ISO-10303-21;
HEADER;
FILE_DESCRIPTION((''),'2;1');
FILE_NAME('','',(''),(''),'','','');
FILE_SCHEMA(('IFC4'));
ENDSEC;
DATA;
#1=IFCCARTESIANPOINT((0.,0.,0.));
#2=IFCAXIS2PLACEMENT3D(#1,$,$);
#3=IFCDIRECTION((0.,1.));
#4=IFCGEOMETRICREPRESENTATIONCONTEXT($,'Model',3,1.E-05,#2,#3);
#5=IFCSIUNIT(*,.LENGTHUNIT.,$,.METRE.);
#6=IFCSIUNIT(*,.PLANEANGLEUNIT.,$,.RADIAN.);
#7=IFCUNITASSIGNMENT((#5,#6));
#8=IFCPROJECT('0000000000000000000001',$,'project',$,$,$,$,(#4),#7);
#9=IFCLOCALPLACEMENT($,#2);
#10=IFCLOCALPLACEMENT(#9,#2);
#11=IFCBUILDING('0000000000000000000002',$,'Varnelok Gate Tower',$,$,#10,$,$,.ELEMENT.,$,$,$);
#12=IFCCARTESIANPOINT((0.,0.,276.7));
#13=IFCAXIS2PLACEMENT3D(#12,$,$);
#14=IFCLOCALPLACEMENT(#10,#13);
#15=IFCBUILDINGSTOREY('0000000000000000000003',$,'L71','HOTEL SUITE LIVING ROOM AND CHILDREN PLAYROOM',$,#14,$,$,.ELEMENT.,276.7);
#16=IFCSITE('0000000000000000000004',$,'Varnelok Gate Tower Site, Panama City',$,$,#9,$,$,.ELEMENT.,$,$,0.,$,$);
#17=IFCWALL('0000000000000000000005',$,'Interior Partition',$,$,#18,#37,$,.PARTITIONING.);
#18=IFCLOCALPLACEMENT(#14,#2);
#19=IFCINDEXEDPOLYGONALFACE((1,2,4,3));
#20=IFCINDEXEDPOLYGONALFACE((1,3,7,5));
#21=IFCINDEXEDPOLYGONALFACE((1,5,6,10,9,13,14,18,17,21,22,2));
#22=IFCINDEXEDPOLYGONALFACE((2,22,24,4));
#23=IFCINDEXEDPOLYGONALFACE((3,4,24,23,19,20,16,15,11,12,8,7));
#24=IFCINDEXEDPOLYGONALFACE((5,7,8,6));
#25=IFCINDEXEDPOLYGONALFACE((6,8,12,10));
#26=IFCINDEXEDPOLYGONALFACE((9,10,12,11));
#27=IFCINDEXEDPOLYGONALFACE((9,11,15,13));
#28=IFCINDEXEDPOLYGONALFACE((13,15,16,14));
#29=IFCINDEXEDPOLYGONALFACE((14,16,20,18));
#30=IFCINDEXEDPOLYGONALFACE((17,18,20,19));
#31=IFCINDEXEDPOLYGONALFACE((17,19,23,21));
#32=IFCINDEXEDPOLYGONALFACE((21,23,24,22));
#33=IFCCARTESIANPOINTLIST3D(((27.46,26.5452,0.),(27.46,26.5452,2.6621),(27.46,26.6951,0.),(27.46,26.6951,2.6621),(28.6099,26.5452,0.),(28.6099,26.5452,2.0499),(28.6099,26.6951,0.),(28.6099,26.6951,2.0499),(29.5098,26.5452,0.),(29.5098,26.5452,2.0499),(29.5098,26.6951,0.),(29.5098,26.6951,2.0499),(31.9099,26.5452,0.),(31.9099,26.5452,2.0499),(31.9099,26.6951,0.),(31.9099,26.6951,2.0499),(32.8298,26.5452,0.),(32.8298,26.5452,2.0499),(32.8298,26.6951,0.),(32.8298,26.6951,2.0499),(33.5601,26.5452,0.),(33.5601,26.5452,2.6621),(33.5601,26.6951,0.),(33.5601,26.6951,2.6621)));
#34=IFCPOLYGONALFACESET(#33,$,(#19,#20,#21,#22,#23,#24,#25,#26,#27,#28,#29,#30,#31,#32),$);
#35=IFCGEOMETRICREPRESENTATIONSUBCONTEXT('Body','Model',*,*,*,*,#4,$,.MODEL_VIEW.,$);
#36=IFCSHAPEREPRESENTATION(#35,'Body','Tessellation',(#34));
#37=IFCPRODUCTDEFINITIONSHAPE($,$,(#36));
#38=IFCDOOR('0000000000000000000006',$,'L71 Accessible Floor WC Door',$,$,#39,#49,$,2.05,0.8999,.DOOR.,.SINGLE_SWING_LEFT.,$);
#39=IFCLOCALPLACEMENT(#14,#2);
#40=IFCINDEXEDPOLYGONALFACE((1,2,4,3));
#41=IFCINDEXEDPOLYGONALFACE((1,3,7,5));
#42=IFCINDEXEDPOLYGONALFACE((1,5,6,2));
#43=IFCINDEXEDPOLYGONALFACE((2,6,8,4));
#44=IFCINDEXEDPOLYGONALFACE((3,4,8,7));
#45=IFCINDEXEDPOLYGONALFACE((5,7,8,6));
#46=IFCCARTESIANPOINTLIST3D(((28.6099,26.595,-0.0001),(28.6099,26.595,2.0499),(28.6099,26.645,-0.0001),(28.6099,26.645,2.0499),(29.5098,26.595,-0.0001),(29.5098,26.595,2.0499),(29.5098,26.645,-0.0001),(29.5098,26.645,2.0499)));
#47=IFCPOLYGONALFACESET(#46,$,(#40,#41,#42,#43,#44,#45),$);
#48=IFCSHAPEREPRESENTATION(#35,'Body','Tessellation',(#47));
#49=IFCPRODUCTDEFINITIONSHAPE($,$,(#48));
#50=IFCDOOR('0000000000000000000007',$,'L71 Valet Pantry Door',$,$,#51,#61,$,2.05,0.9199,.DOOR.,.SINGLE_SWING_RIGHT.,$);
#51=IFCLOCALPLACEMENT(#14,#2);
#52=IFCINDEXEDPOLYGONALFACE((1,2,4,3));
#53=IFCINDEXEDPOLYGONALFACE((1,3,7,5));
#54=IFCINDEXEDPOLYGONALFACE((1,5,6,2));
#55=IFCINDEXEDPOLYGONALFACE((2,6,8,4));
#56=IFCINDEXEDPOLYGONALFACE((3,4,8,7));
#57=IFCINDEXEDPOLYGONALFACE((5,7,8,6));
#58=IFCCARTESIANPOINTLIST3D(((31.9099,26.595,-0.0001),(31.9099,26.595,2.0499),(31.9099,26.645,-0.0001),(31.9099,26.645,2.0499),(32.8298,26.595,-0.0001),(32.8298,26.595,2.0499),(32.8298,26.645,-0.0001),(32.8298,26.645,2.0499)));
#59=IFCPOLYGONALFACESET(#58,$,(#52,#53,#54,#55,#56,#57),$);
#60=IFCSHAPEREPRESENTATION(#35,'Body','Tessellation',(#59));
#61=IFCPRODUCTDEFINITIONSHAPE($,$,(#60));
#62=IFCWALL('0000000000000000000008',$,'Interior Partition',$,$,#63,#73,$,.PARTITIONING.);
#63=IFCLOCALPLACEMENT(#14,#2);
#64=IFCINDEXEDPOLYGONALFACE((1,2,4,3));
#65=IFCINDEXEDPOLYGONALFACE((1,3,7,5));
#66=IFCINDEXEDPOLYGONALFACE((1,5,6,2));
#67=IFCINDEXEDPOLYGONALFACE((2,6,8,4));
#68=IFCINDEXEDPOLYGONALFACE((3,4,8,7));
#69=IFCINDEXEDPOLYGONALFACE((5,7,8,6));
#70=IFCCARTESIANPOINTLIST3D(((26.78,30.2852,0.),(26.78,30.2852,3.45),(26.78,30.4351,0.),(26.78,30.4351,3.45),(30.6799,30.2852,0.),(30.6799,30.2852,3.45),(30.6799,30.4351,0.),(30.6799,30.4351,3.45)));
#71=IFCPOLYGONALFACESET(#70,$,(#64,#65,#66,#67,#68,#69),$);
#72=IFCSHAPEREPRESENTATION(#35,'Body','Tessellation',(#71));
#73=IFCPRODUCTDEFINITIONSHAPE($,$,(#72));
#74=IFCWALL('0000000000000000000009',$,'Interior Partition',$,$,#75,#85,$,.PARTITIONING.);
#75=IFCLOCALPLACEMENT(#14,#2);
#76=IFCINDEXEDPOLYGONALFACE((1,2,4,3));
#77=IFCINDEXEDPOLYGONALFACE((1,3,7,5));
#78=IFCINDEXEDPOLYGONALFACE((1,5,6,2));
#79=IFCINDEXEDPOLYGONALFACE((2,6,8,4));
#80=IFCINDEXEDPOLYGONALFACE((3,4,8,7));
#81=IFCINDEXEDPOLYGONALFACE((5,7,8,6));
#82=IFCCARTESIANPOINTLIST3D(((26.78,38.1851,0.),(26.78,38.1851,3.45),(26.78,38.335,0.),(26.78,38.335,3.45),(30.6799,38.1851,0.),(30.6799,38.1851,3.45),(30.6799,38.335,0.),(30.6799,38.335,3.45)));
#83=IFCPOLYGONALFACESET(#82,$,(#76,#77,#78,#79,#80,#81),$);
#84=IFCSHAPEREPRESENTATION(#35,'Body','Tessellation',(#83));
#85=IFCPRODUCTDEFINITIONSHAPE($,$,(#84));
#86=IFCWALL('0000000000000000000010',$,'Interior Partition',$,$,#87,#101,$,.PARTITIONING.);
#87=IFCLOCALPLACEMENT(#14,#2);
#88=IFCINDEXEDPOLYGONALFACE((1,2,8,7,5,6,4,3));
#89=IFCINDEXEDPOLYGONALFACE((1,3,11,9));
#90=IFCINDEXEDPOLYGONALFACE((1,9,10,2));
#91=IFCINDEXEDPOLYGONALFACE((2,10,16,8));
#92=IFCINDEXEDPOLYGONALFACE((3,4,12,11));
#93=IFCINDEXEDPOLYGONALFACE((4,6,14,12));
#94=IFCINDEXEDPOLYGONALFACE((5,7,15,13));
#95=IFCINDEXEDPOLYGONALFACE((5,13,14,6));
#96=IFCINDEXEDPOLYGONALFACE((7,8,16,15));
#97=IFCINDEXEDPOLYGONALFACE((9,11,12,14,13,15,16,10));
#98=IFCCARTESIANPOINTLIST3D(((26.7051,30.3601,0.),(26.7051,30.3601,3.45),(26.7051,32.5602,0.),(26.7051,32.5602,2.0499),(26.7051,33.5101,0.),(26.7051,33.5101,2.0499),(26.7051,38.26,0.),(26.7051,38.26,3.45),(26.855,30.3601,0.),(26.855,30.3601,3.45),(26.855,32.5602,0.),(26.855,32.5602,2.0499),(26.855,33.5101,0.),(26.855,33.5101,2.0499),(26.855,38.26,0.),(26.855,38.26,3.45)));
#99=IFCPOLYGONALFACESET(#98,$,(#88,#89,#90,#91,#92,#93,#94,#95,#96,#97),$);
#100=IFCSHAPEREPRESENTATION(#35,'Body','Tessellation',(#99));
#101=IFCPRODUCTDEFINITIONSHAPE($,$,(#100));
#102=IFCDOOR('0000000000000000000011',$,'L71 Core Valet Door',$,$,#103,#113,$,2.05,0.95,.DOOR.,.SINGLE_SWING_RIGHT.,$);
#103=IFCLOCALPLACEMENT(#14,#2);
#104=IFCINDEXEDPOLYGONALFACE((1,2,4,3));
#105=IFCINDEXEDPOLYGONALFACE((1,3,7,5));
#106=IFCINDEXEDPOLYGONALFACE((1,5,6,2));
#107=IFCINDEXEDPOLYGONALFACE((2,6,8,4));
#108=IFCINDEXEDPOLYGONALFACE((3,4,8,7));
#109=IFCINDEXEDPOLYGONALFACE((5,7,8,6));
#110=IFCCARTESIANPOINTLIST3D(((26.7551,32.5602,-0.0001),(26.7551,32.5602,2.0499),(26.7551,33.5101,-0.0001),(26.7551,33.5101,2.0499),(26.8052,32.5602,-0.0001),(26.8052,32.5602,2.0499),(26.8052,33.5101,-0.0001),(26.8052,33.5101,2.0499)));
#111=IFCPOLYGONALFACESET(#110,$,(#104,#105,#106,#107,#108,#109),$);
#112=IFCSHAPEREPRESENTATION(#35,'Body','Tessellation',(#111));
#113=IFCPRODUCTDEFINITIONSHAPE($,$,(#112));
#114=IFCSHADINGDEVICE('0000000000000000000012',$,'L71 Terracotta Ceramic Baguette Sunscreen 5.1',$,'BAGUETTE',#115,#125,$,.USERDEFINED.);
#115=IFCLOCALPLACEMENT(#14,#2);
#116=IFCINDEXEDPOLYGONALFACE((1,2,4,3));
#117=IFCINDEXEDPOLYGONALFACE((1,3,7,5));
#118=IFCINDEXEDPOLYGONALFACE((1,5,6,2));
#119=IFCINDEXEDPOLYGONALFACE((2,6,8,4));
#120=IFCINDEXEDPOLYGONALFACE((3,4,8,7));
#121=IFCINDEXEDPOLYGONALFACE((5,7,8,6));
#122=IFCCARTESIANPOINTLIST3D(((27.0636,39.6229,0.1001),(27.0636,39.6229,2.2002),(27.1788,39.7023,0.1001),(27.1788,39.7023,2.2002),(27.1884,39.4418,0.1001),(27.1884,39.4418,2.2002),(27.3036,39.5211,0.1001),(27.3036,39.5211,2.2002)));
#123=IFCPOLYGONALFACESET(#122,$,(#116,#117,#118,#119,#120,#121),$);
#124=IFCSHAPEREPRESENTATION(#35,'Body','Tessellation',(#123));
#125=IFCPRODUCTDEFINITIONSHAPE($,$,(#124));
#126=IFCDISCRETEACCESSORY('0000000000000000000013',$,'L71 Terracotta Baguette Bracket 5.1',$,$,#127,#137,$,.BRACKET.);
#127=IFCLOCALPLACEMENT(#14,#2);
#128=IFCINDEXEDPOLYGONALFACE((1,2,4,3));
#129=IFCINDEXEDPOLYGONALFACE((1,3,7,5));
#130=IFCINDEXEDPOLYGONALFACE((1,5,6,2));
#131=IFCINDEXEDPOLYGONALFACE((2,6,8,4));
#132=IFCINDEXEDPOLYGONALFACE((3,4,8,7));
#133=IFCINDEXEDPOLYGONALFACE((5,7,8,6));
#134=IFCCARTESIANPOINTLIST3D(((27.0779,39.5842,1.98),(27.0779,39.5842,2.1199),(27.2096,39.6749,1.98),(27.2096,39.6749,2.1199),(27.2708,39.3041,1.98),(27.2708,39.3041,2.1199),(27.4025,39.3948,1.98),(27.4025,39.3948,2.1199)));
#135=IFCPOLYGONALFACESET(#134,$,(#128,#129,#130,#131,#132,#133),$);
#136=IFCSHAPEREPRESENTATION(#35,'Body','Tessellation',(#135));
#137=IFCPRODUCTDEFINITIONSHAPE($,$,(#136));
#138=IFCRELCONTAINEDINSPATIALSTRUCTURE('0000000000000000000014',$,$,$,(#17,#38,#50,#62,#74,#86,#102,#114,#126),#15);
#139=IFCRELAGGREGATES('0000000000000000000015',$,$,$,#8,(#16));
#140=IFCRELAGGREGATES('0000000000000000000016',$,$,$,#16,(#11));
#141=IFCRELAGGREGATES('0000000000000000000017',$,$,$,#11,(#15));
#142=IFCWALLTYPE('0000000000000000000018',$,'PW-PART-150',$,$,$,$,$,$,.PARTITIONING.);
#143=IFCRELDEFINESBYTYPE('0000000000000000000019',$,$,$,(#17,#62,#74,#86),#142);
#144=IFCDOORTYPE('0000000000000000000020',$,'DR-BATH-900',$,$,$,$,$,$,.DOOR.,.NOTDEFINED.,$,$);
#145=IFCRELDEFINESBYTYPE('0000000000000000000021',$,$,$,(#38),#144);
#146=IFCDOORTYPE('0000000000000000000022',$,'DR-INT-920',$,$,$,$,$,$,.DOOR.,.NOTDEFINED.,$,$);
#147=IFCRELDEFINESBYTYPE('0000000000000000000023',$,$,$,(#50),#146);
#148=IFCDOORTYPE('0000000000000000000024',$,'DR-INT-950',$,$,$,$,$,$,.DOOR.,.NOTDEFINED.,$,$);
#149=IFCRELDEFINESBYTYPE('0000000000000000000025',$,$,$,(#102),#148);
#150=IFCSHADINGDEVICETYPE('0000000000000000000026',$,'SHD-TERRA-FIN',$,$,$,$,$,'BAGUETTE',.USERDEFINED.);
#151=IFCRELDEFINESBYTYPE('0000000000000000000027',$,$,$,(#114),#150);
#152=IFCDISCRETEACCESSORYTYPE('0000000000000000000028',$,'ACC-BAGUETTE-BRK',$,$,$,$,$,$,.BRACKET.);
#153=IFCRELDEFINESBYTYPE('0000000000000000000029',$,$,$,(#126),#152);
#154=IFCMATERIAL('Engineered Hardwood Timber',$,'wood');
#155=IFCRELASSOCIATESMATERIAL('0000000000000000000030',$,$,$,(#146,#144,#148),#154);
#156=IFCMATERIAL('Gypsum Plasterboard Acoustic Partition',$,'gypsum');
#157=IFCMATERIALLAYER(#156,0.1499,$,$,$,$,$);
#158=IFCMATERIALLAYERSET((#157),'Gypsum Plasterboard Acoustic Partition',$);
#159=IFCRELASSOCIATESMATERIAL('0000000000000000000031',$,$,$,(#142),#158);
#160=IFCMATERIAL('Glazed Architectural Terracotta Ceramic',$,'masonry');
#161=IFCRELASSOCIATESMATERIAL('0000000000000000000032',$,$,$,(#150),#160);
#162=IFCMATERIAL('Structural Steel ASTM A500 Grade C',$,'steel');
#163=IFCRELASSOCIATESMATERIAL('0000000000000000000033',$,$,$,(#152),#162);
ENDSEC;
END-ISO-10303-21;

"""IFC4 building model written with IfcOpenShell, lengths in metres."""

from ifc_helpers import new_model, si_unit, direction, frame, frame_2d, origin, origin_2d, place, context, subcontext, project, spatial, rectangle, extrude, source, transform, mapped, material, layer, layer_set, type_object, element, fill, save


model = new_model("IFC4")

# Units and contexts
model_context = context("Model", 3, precision=1e-05, world=origin(), true_north=direction((0.0, 1.0)))
body_context = subcontext(model_context, "Body", "Model", "MODEL_VIEW")
ifc_project = project(units=[si_unit("LENGTHUNIT", "METRE"), si_unit("PLANEANGLEUNIT", "RADIAN")], contexts=[model_context])

# Site, building, storey
site_placement = place(None, origin())
site = spatial("IfcSite", under=ifc_project, at=site_placement, Name="Varnelok Gate Tower Site, Panama City", CompositionType="ELEMENT", RefElevation=0.0)
building_placement = place(site_placement, origin())
building = spatial("IfcBuilding", under=site, at=building_placement, Name="Varnelok Gate Tower", CompositionType="ELEMENT")
storey_placement = place(building_placement, frame((0.0, 0.0, 276.7)))
storey = spatial("IfcBuildingStorey", under=building, at=storey_placement, Name="L71", Description="HOTEL SUITE LIVING ROOM AND CHILDREN PLAYROOM", CompositionType="ELEMENT", Elevation=276.7)

# Shared definitions
ifc_material_1 = material(Name="Gypsum Plasterboard Acoustic Partition", Category="gypsum")
ifc_material_2 = material(Name="Engineered Hardwood Timber", Category="wood")
door_type_1 = type_object("IfcDoorType", Name="DR-INT-920", OperationType="NOTDEFINED", PredefinedType="DOOR", material=ifc_material_2)

# Wall, openings, doors
ifc_layer_1 = layer(ifc_material_1, 0.1499)
ifc_layer_set_1 = layer_set([ifc_layer_1], Name="Gypsum Plasterboard Acoustic Partition")
wall_type_1 = type_object("IfcWallType", Name="PW-PART-150", PredefinedType="PARTITIONING", material=ifc_layer_set_1)
wall_1_placement = place(storey_placement, frame((27.46, 26.6201, 0.0), z_axis=(0.0, 0.0, 1.0), x_axis=(1.0, 0.0, 0.0)))
wall_1 = element("IfcWall", 1, at=wall_1_placement, inside=storey, type_object=wall_type_1, Name="Interior Partition", PredefinedType="PARTITIONING", context=body_context, shape_type="SweptSolid", body=[
    extrude(rectangle(XDim=6.1001, YDim=0.1499, at=frame_2d((3.05, 0.0))), origin(), (0.0, 0.0, 1.0), 2.6621),
])
opening_1_placement = place(wall_1_placement, frame((1.1499, 0.0, 0.0)))
opening_1 = element("IfcOpeningElement", 2, at=opening_1_placement, cuts=wall_1, PredefinedType="OPENING", context=body_context, shape_type="SweptSolid", body=[
    extrude(rectangle(XDim=0.8999, YDim=2.05, at=frame_2d((0.45, 1.0249))), frame((0.0, 0.085, 0.0), z_axis=(0.0, -1.0, 0.0), x_axis=(1.0, 0.0, 0.0)), (0.0, 0.0, 1.0), 0.1699),
])
opening_2_placement = place(wall_1_placement, frame((4.45, 0.0, 0.0)))
opening_2 = element("IfcOpeningElement", 3, at=opening_2_placement, cuts=wall_1, PredefinedType="OPENING", context=body_context, shape_type="SweptSolid", body=[
    extrude(rectangle(XDim=0.9199, YDim=2.05, at=frame_2d((0.46, 1.0249))), frame((0.0, 0.085, 0.0), z_axis=(0.0, -1.0, 0.0), x_axis=(1.0, 0.0, 0.0)), (0.0, 0.0, 1.0), 0.1699),
])
door_type_2 = type_object("IfcDoorType", Name="DR-BATH-900", OperationType="NOTDEFINED", PredefinedType="DOOR", material=ifc_material_2)
door_1_placement = place(opening_1_placement, origin())
door_1 = element("IfcDoor", 4, at=door_1_placement, inside=storey, type_object=door_type_2, Name="L71 Accessible Floor WC Door", OperationType="SINGLE_SWING_LEFT", OverallHeight=2.05, OverallWidth=0.8999, PredefinedType="DOOR", context=body_context, shape_type="SweptSolid", body=[
    extrude(rectangle(XDim=0.8999, YDim=2.05, at=frame_2d((0.45, 1.0249))), frame((0.0, 0.0249, 0.0), z_axis=(0.0, -1.0, 0.0), x_axis=(1.0, 0.0, 0.0)), (0.0, 0.0, 1.0), 0.05),
])
fill(opening_1, door_1)
door_2_placement = place(opening_2_placement, origin())
door_2 = element("IfcDoor", 5, at=door_2_placement, inside=storey, type_object=door_type_1, Name="L71 Valet Pantry Door", OperationType="SINGLE_SWING_RIGHT", OverallHeight=2.05, OverallWidth=0.9199, PredefinedType="DOOR", context=body_context, shape_type="SweptSolid", body=[
    extrude(rectangle(XDim=0.9199, YDim=2.05, at=frame_2d((0.46, 1.0249))), frame((0.0, 0.0249, 0.0), z_axis=(0.0, -1.0, 0.0), x_axis=(1.0, 0.0, 0.0)), (0.0, 0.0, 1.0), 0.05),
])
fill(opening_2, door_2)

# Walls
for number, where, z_axis, x_axis, name in (
    (6, (26.78, 30.3601, 0.0), (0.0, 0.0, 1.0), (1.0, 0.0, 0.0), "Interior Partition"),
    (7, (26.78, 38.26, 0.0), (0.0, 0.0, 1.0), (1.0, 0.0, 0.0), "Interior Partition"),
):
    element("IfcWall", number, at=place(storey_placement, frame(where, z_axis=z_axis, x_axis=x_axis)), inside=storey, type_object=wall_type_1, Name=name, PredefinedType="PARTITIONING", context=body_context, shape_type="SweptSolid", body=[
        extrude(rectangle(XDim=3.8999, YDim=0.1499, at=frame_2d((1.95, 0.0))), origin(), (0.0, 0.0, 1.0), 3.45),
    ])

# Wall, opening, door
wall_2_placement = place(storey_placement, frame((26.78, 30.3601, 0.0), z_axis=(0.0, 0.0, 1.0), x_axis=(0.0, 1.0, 0.0)))
wall_2 = element("IfcWall", 8, at=wall_2_placement, inside=storey, type_object=wall_type_1, Name="Interior Partition", PredefinedType="PARTITIONING", context=body_context, shape_type="SweptSolid", body=[
    extrude(rectangle(XDim=7.8999, YDim=0.1499, at=frame_2d((3.95, 0.0))), origin(), (0.0, 0.0, 1.0), 3.45),
])
opening_3_placement = place(wall_2_placement, frame((2.2, 0.0, 0.0)))
opening_3 = element("IfcOpeningElement", 9, at=opening_3_placement, cuts=wall_2, PredefinedType="OPENING", context=body_context, shape_type="SweptSolid", body=[
    extrude(rectangle(XDim=0.95, YDim=2.05, at=frame_2d((0.4751, 1.0249))), frame((0.0, 0.085, 0.0), z_axis=(0.0, -1.0, 0.0), x_axis=(1.0, 0.0, 0.0)), (0.0, 0.0, 1.0), 0.1699),
])
door_type_3 = type_object("IfcDoorType", Name="DR-INT-950", OperationType="NOTDEFINED", PredefinedType="DOOR", material=ifc_material_2)
door_3_placement = place(opening_3_placement, origin())
door_3 = element("IfcDoor", 10, at=door_3_placement, inside=storey, type_object=door_type_3, Name="L71 Core Valet Door", OperationType="SINGLE_SWING_RIGHT", OverallHeight=2.05, OverallWidth=0.95, PredefinedType="DOOR", context=body_context, shape_type="SweptSolid", body=[
    extrude(rectangle(XDim=0.95, YDim=2.05, at=frame_2d((0.4751, 1.0249))), frame((0.0, 0.0249, 0.0), z_axis=(0.0, -1.0, 0.0), x_axis=(1.0, 0.0, 0.0)), (0.0, 0.0, 1.0), 0.05),
])
fill(opening_3, door_3)

# Shading device
ifc_material_3 = material(Name="Glazed Architectural Terracotta Ceramic", Category="masonry")
shading_device_type = type_object("IfcShadingDeviceType", Name="SHD-TERRA-FIN", ElementType="BAGUETTE", PredefinedType="USERDEFINED", material=ifc_material_3)
shared_shape_1 = source(origin(), body_context, "Body", "SweptSolid", [
    extrude(rectangle(XDim=0.1399, YDim=0.22, at=origin_2d()), origin(), (0.0, 0.0, 1.0), 2.1001),
])
shading_device_placement = place(storey_placement, frame((27.1836, 39.572, 0.1001), z_axis=(0.0, 0.0, 1.0), x_axis=(0.823533, 0.567269, 0.0)))
element("IfcShadingDevice", 11, at=shading_device_placement, inside=storey, type_object=shading_device_type, Name="L71 Terracotta Ceramic Baguette Sunscreen 5.1", ObjectType="BAGUETTE", PredefinedType="USERDEFINED", context=body_context, shape_type="MappedRepresentation", body=[
    mapped(shared_shape_1, transform((0.0, 0.0, 0.0), scale=1.0)),
])

# Discrete accessory
ifc_material_4 = material(Name="Structural Steel ASTM A500 Grade C", Category="steel")
discrete_accessory_type = type_object("IfcDiscreteAccessoryType", Name="ACC-BAGUETTE-BRK", PredefinedType="BRACKET", material=ifc_material_4)
shared_shape_2 = source(origin(), body_context, "Body", "SweptSolid", [
    extrude(rectangle(XDim=0.1599, YDim=0.3401, at=origin_2d()), origin(), (0.0, 0.0, 1.0), 0.1399),
])
discrete_accessory_placement = place(storey_placement, frame((27.2402, 39.4895, 1.98), z_axis=(0.0, 0.0, 1.0), x_axis=(0.823533, 0.567269, 0.0)))
element("IfcDiscreteAccessory", 12, at=discrete_accessory_placement, inside=storey, type_object=discrete_accessory_type, Name="L71 Terracotta Baguette Bracket 5.1", PredefinedType="BRACKET", context=body_context, shape_type="MappedRepresentation", body=[
    mapped(shared_shape_2, transform((0.0, 0.0, 0.0), scale=1.0)),
])

save(model, "model.ifc")
